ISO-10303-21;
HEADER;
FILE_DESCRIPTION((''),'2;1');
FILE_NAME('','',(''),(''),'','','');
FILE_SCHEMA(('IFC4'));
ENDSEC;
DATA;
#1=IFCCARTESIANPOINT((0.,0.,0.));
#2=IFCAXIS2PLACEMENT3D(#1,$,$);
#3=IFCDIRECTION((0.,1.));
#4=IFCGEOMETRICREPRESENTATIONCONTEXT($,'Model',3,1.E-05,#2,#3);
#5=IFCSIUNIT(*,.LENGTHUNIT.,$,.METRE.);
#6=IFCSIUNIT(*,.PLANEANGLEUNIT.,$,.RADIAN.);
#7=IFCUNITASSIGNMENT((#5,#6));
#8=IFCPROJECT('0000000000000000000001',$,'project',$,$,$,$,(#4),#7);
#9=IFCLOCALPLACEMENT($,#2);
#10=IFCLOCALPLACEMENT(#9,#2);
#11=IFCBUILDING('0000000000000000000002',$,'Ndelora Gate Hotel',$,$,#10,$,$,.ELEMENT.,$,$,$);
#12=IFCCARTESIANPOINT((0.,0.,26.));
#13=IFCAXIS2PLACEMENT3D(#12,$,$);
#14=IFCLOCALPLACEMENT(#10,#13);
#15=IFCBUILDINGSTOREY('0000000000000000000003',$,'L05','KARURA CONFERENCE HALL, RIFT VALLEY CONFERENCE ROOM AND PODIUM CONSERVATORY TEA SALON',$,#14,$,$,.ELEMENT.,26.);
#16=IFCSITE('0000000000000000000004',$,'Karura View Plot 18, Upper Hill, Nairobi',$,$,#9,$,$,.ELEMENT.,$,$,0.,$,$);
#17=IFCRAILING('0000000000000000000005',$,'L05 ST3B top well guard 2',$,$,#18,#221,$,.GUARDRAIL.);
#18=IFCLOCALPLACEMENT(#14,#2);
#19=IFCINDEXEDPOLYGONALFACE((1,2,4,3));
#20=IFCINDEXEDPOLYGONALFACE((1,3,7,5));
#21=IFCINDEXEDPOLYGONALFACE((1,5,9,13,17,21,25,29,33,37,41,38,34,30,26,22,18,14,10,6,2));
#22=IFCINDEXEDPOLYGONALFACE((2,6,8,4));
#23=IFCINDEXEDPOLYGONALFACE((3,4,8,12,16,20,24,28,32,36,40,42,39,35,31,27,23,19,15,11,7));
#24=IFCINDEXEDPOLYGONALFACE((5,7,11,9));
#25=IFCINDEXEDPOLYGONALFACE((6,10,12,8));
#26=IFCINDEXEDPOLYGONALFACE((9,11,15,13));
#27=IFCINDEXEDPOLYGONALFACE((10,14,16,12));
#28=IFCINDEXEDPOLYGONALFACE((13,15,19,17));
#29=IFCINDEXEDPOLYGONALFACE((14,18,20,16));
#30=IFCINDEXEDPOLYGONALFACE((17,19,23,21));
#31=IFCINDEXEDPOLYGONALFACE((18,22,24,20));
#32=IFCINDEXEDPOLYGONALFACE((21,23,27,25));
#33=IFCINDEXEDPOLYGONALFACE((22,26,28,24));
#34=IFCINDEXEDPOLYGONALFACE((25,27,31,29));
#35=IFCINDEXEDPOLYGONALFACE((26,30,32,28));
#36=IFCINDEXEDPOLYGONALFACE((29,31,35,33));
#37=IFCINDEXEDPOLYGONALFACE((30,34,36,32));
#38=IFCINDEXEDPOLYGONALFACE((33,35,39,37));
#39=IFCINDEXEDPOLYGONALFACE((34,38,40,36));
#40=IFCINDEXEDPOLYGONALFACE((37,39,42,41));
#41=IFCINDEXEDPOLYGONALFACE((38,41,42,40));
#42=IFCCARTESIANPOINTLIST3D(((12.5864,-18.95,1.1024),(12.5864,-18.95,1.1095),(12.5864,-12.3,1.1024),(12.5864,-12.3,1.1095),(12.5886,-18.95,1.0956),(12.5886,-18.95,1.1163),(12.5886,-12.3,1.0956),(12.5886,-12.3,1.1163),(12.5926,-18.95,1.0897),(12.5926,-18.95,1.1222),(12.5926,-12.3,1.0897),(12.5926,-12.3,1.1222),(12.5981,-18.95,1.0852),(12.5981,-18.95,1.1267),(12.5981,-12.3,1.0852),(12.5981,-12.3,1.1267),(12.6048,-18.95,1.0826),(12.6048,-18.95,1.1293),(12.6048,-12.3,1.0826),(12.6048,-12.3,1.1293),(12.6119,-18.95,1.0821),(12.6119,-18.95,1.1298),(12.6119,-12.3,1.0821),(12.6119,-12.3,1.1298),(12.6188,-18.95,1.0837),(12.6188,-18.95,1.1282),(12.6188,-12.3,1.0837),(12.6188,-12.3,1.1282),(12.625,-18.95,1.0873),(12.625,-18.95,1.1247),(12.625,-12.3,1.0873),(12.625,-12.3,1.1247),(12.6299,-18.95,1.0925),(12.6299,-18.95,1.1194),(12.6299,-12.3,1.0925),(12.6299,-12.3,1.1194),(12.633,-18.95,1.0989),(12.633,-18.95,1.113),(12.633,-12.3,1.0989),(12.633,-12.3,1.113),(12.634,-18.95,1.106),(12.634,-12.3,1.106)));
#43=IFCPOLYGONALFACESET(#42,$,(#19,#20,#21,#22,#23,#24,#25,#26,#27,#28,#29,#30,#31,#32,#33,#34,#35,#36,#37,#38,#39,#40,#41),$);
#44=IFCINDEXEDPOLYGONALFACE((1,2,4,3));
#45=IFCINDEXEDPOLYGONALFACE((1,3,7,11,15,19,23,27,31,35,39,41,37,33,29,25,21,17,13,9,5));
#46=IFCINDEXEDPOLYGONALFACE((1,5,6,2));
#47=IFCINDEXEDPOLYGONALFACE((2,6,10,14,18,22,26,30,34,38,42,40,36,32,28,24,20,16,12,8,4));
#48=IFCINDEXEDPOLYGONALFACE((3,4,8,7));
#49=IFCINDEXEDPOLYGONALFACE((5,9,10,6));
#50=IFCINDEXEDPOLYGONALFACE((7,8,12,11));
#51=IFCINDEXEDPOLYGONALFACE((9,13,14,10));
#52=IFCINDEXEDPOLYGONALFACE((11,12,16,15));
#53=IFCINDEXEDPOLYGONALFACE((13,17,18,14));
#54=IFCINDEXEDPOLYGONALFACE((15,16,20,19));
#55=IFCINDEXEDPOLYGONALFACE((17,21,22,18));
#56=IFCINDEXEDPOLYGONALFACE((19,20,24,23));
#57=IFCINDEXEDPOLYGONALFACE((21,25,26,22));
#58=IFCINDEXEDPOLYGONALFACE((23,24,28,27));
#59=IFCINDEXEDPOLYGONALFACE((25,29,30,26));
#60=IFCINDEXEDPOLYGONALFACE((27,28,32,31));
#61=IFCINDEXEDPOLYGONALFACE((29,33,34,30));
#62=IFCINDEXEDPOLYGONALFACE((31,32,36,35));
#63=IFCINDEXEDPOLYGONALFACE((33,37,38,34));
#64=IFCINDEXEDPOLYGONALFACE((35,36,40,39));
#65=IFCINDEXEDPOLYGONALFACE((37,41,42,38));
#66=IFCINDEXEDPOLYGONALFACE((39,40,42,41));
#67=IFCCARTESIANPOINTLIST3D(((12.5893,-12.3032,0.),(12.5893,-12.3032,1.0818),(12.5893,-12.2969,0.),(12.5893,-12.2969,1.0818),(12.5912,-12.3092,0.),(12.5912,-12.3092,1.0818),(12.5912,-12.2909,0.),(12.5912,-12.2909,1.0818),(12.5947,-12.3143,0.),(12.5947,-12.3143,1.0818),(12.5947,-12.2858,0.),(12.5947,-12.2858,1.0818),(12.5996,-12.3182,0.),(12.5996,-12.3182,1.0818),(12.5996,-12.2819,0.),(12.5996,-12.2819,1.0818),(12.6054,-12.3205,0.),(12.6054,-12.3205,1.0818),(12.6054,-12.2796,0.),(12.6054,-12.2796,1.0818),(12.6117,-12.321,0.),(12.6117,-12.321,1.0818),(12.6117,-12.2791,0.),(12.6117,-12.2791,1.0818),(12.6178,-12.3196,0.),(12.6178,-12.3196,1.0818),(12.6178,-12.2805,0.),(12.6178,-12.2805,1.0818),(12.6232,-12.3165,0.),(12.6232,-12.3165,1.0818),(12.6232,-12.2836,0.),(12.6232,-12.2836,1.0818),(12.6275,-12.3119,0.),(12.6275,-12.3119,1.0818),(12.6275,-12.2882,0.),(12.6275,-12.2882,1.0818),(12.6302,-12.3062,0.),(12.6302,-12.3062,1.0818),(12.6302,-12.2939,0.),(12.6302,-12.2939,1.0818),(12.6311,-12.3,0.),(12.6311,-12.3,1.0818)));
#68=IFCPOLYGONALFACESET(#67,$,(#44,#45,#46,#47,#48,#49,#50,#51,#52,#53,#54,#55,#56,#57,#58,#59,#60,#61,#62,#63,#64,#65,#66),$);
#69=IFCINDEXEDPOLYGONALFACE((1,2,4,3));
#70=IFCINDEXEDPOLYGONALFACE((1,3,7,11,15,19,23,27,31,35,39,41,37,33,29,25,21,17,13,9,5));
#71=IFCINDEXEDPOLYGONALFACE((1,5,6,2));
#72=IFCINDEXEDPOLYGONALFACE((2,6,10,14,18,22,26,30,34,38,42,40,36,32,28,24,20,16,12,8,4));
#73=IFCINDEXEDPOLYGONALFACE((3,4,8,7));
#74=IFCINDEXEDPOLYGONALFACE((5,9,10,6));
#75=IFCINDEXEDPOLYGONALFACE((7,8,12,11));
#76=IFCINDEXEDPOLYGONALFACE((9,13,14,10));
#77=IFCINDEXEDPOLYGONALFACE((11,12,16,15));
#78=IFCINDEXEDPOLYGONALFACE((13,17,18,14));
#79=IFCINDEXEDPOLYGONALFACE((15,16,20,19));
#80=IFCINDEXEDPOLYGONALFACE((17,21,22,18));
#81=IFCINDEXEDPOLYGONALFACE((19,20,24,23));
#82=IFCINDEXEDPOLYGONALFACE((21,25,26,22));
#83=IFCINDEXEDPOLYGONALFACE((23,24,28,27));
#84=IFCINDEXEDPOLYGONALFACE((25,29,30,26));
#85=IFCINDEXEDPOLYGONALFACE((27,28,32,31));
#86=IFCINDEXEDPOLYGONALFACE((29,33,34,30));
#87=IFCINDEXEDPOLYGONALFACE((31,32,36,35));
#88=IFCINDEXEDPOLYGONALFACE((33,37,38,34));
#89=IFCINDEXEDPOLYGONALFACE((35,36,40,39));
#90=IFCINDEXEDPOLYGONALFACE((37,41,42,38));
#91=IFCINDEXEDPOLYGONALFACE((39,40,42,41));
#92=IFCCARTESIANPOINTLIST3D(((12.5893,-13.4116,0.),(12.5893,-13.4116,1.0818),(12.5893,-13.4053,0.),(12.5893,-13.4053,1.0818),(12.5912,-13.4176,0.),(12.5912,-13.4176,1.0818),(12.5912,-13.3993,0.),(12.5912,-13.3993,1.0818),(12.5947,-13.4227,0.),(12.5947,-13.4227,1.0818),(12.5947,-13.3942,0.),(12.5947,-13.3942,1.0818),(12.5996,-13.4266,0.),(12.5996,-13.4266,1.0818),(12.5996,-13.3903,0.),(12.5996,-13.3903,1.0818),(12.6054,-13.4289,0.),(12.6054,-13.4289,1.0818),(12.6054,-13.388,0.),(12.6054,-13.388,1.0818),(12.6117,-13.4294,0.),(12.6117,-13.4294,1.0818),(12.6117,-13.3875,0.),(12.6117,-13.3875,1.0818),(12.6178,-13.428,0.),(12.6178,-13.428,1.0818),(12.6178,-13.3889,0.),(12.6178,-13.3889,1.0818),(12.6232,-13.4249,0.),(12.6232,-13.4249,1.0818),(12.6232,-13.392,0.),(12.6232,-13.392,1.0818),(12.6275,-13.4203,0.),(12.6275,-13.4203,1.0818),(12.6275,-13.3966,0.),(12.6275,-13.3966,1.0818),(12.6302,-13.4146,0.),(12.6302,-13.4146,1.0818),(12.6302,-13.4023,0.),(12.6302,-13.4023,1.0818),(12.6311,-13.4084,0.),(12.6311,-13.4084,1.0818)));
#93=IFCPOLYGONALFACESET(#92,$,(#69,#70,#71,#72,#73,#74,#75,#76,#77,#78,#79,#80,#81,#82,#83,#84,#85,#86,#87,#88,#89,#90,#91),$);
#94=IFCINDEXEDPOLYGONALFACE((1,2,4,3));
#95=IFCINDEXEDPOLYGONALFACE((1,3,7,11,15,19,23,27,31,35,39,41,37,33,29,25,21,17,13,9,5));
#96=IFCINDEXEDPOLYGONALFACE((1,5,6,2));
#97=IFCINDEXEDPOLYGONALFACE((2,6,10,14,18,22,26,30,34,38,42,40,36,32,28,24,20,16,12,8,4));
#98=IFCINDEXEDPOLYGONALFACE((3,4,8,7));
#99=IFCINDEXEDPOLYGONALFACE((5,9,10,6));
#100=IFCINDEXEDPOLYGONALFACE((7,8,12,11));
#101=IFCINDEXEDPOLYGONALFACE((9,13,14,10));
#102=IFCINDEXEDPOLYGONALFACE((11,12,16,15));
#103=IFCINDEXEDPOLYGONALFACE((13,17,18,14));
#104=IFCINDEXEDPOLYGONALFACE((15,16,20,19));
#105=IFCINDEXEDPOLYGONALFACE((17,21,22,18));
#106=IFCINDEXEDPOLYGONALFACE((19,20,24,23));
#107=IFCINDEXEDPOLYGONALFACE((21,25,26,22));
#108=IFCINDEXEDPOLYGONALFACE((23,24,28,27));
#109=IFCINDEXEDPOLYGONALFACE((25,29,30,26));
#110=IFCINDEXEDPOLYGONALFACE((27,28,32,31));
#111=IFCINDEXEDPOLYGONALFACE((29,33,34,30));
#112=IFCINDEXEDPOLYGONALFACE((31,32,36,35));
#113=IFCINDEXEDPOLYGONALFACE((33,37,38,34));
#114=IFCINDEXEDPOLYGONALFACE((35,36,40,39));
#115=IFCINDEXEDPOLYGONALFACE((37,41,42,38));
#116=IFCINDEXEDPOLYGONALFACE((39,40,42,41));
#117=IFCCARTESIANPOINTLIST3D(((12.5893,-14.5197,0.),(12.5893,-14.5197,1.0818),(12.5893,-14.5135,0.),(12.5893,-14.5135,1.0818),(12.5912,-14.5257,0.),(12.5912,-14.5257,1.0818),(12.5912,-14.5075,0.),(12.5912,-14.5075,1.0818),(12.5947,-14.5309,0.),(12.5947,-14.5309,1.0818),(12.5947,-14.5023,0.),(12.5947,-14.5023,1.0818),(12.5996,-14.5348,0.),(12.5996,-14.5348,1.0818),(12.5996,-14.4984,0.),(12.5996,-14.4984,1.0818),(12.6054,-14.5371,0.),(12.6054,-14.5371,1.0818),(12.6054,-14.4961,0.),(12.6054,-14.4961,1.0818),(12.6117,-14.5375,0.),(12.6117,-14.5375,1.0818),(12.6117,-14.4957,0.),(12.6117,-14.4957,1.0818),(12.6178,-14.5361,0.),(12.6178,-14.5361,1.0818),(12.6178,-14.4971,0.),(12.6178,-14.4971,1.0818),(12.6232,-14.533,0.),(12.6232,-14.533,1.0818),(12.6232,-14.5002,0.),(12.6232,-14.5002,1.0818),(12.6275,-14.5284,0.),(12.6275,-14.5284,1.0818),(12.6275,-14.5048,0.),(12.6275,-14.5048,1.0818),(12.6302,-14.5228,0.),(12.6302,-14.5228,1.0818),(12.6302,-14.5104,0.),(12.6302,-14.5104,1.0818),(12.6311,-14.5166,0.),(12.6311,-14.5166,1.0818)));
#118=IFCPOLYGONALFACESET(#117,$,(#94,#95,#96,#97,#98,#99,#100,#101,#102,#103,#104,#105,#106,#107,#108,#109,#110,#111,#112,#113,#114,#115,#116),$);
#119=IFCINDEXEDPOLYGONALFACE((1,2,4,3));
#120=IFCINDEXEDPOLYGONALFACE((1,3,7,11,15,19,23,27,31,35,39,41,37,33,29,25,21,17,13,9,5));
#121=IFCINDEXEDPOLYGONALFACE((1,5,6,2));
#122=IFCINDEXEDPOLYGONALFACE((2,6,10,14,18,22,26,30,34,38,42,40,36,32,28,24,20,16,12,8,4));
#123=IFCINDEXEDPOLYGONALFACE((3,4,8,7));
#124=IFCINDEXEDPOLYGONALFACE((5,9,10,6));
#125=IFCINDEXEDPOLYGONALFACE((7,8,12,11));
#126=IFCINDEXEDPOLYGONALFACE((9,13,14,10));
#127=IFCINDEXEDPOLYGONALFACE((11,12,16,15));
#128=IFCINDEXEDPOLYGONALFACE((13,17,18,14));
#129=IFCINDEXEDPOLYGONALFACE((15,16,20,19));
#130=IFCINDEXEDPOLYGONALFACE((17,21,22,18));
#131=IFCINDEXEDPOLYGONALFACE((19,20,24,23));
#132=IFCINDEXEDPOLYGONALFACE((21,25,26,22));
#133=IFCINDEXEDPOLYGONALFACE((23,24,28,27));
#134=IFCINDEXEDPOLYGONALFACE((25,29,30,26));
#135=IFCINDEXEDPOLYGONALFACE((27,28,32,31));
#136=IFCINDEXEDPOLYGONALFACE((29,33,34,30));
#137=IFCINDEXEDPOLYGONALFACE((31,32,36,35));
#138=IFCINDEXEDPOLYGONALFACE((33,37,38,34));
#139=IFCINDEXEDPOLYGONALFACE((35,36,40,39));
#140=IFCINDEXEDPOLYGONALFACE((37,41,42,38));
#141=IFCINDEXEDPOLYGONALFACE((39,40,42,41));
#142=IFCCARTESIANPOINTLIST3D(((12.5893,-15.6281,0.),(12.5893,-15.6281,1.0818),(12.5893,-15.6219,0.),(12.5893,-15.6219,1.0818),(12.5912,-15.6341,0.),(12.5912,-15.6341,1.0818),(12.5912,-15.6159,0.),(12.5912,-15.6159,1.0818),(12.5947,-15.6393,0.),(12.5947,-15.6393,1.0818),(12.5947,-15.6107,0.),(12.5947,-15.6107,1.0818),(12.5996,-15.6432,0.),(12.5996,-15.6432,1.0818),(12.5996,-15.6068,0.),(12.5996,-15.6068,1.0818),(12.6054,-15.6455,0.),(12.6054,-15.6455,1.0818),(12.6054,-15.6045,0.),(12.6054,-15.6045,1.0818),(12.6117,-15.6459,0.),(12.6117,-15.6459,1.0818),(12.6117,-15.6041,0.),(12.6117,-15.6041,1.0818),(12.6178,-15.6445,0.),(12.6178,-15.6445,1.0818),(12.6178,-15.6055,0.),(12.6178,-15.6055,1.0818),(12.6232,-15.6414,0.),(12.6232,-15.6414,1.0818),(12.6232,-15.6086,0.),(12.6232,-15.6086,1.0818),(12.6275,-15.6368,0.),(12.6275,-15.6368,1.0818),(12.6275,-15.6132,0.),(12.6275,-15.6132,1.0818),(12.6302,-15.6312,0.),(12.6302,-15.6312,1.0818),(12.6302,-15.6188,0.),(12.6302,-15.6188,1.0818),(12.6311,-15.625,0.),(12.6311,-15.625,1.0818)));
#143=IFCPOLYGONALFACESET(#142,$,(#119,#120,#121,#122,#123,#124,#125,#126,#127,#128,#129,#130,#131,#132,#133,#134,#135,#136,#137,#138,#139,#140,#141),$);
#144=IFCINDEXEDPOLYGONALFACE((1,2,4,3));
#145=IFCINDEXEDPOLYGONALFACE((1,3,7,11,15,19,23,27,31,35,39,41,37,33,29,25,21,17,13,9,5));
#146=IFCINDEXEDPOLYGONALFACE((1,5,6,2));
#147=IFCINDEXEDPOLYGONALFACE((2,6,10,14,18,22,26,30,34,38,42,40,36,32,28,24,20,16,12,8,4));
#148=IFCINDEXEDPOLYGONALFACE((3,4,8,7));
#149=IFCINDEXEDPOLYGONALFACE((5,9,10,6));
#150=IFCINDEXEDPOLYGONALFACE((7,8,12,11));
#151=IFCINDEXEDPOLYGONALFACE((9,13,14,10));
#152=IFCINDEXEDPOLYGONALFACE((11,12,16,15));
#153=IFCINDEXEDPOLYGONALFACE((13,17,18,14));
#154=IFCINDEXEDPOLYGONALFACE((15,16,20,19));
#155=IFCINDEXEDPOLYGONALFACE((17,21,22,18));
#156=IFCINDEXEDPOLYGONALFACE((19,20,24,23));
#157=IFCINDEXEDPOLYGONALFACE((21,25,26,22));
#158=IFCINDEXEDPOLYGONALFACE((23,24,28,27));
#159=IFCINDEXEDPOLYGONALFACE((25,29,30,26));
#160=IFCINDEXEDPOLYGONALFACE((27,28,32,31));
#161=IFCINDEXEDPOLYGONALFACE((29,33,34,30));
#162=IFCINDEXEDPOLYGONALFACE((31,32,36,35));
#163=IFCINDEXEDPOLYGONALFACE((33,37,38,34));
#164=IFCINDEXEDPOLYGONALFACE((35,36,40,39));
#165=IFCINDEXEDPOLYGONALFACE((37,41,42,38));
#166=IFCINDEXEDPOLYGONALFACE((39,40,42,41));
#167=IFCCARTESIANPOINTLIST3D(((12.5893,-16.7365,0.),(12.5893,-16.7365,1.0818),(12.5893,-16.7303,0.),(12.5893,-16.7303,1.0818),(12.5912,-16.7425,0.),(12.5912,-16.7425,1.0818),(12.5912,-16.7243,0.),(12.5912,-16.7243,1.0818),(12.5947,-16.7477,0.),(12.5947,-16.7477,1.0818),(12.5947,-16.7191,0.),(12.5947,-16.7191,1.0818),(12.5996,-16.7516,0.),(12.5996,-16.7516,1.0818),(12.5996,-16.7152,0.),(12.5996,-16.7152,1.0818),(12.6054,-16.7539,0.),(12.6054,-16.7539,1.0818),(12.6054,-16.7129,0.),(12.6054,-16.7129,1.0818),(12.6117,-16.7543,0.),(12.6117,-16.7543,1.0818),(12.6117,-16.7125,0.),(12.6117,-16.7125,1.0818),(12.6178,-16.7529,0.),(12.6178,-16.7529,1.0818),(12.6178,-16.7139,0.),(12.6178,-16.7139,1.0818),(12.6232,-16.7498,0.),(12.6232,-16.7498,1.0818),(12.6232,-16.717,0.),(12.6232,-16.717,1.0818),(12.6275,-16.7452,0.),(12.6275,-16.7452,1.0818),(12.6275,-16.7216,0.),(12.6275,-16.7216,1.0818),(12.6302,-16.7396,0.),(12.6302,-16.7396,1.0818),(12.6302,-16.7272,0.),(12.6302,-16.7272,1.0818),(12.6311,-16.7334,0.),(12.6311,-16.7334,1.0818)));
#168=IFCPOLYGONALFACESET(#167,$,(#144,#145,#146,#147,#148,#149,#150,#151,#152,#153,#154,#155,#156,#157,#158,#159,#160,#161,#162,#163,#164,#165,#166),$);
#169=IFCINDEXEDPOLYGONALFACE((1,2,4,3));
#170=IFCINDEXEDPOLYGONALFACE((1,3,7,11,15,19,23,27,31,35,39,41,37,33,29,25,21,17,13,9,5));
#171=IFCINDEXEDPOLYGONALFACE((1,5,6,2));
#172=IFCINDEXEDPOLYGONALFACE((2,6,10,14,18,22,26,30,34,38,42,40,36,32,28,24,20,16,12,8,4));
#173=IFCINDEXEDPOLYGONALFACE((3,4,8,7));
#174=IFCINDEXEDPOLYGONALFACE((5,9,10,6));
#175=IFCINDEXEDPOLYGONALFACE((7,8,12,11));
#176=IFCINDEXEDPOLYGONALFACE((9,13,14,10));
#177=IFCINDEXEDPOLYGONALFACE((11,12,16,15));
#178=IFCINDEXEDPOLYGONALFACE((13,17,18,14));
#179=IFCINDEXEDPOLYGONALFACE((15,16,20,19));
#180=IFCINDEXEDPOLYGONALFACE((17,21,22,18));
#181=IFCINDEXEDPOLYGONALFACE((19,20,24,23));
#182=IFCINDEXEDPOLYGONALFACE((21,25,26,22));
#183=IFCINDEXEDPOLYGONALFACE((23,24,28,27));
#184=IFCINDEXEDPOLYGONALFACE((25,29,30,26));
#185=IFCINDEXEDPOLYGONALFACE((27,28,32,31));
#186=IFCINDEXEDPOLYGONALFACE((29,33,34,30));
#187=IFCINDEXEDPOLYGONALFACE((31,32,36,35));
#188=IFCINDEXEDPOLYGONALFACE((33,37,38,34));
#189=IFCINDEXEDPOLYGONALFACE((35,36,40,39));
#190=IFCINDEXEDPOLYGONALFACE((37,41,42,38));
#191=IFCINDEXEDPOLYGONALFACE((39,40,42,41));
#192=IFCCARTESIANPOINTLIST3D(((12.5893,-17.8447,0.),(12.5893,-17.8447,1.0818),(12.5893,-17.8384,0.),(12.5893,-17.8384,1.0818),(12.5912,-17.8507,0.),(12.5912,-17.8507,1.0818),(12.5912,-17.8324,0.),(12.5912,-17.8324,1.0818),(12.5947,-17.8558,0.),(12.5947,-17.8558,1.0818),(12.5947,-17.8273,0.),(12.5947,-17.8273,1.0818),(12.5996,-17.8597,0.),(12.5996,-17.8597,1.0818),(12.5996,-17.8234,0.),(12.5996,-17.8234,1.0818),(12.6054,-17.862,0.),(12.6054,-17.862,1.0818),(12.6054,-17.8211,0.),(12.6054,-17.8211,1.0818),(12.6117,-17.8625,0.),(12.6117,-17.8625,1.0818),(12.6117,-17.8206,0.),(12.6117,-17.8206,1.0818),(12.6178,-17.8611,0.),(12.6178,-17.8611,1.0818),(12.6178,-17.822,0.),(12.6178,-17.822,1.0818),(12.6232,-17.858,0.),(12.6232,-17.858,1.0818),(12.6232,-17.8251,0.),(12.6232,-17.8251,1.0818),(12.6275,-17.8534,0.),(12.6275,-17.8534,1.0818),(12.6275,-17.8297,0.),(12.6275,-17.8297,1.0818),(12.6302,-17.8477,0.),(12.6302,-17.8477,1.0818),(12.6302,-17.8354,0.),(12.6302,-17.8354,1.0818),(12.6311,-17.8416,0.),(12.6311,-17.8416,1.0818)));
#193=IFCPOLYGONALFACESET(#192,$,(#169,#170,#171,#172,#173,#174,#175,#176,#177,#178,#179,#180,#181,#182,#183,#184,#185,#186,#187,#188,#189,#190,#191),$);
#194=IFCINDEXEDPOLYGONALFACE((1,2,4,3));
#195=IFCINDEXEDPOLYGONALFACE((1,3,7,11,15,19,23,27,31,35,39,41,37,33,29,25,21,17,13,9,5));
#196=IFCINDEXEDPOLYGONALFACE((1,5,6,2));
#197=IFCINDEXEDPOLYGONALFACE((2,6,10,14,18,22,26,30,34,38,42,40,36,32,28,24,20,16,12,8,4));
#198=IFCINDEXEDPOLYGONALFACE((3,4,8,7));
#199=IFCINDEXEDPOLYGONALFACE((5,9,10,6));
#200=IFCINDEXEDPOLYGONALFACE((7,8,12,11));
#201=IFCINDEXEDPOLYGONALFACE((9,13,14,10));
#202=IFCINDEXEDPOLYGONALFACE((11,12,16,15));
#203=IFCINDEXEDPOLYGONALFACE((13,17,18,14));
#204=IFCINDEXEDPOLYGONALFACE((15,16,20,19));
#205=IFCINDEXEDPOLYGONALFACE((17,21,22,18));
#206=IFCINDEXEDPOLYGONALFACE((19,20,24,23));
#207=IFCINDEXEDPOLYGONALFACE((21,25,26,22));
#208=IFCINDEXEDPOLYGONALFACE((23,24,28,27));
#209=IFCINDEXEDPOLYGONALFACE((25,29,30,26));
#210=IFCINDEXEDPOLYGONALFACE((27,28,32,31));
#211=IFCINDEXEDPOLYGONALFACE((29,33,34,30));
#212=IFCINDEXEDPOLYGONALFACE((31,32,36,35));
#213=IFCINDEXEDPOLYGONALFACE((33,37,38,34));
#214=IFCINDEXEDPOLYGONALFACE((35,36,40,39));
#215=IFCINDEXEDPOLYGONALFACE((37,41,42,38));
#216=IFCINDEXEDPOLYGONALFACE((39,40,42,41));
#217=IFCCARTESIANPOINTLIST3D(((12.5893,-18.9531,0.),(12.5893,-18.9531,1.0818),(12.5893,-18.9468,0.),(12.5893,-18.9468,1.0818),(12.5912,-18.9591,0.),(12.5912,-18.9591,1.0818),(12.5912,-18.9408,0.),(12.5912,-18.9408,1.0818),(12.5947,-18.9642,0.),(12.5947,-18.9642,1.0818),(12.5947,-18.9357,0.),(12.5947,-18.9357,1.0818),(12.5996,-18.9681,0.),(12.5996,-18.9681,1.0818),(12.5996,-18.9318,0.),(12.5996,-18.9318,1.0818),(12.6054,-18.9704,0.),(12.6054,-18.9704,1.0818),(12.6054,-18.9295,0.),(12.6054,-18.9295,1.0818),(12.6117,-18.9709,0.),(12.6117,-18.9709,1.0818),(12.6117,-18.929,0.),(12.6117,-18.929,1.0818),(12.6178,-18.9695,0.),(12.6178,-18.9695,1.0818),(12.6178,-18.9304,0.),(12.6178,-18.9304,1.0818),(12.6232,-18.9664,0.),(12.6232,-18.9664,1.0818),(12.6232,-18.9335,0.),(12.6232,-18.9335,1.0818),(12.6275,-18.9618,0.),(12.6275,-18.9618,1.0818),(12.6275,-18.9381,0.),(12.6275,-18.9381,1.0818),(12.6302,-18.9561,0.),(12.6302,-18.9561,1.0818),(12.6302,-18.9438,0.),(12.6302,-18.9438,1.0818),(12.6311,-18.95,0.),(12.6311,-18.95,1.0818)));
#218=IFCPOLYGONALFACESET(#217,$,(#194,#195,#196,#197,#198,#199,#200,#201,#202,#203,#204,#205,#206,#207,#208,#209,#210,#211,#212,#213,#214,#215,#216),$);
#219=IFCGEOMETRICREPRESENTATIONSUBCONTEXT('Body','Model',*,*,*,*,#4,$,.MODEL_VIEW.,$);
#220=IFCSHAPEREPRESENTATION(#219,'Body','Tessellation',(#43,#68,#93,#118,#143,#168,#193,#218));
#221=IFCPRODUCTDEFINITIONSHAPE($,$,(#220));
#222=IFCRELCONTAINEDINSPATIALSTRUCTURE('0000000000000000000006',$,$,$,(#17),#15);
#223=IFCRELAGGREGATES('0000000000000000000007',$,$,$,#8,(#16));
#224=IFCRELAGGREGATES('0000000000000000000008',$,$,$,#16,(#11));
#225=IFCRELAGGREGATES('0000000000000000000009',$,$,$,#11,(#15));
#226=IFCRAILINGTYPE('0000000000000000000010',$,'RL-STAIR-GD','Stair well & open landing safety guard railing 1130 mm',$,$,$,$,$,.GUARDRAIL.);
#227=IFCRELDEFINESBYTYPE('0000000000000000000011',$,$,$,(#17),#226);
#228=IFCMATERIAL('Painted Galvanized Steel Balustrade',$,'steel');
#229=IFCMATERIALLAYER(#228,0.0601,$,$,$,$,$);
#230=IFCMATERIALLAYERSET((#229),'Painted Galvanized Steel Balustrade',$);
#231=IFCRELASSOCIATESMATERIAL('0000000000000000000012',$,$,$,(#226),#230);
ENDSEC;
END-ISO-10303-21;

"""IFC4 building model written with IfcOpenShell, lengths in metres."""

from ifc_helpers import new_model, si_unit, direction, frame, origin, origin_2d, place, context, subcontext, project, spatial, circle, extrude, material, layer, layer_set, type_object, element, save


model = new_model("IFC4")

# Units and contexts
model_context = context("Model", 3, precision=1e-05, world=origin(), true_north=direction((0.0, 1.0)))
body_context = subcontext(model_context, "Body", "Model", "MODEL_VIEW")
ifc_project = project(units=[si_unit("LENGTHUNIT", "METRE"), si_unit("PLANEANGLEUNIT", "RADIAN")], contexts=[model_context])

# Site, building, storey
site_placement = place(None, origin())
site = spatial("IfcSite", under=ifc_project, at=site_placement, Name="Karura View Plot 18, Upper Hill, Nairobi", CompositionType="ELEMENT", RefElevation=0.0)
building_placement = place(site_placement, origin())
building = spatial("IfcBuilding", under=site, at=building_placement, Name="Ndelora Gate Hotel", CompositionType="ELEMENT")
storey_placement = place(building_placement, frame((0.0, 0.0, 26.0)))
storey = spatial("IfcBuildingStorey", under=building, at=storey_placement, Name="L05", Description="KARURA CONFERENCE HALL, RIFT VALLEY CONFERENCE ROOM AND PODIUM CONSERVATORY TEA SALON", CompositionType="ELEMENT", Elevation=26.0)

# Railing
ifc_material_1 = material(Name="Painted Galvanized Steel Balustrade", Category="steel")
ifc_layer_1 = layer(ifc_material_1, 0.0601)
ifc_layer_set_1 = layer_set([ifc_layer_1], Name="Painted Galvanized Steel Balustrade")
railing_type = type_object("IfcRailingType", Name="RL-STAIR-GD", Description="Stair well & open landing safety guard railing 1130 mm", PredefinedType="GUARDRAIL", material=ifc_layer_set_1)
railing_1_placement = place(storey_placement, frame((12.6101, -12.3, 0.0)))
element("IfcRailing", 1, at=railing_1_placement, inside=storey, type_object=railing_type, Name="L05 ST3B top well guard 2", PredefinedType="GUARDRAIL", context=body_context, shape_type="SweptSolid", body=[
    extrude(circle(Radius=0.0239, at=origin_2d()), frame((0.0, 0.0, 1.106), z_axis=(0.0, -1.0, 0.0), x_axis=(1.0, 0.0, 0.0)), (0.0, 0.0, 1.0), 6.6499),
    extrude(circle(Radius=0.021, at=origin_2d()), origin(), (0.0, 0.0, 1.0), 1.0818),
    extrude(circle(Radius=0.021, at=origin_2d()), frame((0.0, -1.1084, 0.0)), (0.0, 0.0, 1.0), 1.0818),
    extrude(circle(Radius=0.021, at=origin_2d()), frame((0.0, -2.2166, 0.0)), (0.0, 0.0, 1.0), 1.0818),
    extrude(circle(Radius=0.021, at=origin_2d()), frame((0.0, -3.325, 0.0)), (0.0, 0.0, 1.0), 1.0818),
    extrude(circle(Radius=0.021, at=origin_2d()), frame((0.0, -4.4333, 0.0)), (0.0, 0.0, 1.0), 1.0818),
    extrude(circle(Radius=0.021, at=origin_2d()), frame((0.0, -5.5415, 0.0)), (0.0, 0.0, 1.0), 1.0818),
    extrude(circle(Radius=0.021, at=origin_2d()), frame((0.0, -6.6499, 0.0)), (0.0, 0.0, 1.0), 1.0818),
])

save(model, "model.ifc")
